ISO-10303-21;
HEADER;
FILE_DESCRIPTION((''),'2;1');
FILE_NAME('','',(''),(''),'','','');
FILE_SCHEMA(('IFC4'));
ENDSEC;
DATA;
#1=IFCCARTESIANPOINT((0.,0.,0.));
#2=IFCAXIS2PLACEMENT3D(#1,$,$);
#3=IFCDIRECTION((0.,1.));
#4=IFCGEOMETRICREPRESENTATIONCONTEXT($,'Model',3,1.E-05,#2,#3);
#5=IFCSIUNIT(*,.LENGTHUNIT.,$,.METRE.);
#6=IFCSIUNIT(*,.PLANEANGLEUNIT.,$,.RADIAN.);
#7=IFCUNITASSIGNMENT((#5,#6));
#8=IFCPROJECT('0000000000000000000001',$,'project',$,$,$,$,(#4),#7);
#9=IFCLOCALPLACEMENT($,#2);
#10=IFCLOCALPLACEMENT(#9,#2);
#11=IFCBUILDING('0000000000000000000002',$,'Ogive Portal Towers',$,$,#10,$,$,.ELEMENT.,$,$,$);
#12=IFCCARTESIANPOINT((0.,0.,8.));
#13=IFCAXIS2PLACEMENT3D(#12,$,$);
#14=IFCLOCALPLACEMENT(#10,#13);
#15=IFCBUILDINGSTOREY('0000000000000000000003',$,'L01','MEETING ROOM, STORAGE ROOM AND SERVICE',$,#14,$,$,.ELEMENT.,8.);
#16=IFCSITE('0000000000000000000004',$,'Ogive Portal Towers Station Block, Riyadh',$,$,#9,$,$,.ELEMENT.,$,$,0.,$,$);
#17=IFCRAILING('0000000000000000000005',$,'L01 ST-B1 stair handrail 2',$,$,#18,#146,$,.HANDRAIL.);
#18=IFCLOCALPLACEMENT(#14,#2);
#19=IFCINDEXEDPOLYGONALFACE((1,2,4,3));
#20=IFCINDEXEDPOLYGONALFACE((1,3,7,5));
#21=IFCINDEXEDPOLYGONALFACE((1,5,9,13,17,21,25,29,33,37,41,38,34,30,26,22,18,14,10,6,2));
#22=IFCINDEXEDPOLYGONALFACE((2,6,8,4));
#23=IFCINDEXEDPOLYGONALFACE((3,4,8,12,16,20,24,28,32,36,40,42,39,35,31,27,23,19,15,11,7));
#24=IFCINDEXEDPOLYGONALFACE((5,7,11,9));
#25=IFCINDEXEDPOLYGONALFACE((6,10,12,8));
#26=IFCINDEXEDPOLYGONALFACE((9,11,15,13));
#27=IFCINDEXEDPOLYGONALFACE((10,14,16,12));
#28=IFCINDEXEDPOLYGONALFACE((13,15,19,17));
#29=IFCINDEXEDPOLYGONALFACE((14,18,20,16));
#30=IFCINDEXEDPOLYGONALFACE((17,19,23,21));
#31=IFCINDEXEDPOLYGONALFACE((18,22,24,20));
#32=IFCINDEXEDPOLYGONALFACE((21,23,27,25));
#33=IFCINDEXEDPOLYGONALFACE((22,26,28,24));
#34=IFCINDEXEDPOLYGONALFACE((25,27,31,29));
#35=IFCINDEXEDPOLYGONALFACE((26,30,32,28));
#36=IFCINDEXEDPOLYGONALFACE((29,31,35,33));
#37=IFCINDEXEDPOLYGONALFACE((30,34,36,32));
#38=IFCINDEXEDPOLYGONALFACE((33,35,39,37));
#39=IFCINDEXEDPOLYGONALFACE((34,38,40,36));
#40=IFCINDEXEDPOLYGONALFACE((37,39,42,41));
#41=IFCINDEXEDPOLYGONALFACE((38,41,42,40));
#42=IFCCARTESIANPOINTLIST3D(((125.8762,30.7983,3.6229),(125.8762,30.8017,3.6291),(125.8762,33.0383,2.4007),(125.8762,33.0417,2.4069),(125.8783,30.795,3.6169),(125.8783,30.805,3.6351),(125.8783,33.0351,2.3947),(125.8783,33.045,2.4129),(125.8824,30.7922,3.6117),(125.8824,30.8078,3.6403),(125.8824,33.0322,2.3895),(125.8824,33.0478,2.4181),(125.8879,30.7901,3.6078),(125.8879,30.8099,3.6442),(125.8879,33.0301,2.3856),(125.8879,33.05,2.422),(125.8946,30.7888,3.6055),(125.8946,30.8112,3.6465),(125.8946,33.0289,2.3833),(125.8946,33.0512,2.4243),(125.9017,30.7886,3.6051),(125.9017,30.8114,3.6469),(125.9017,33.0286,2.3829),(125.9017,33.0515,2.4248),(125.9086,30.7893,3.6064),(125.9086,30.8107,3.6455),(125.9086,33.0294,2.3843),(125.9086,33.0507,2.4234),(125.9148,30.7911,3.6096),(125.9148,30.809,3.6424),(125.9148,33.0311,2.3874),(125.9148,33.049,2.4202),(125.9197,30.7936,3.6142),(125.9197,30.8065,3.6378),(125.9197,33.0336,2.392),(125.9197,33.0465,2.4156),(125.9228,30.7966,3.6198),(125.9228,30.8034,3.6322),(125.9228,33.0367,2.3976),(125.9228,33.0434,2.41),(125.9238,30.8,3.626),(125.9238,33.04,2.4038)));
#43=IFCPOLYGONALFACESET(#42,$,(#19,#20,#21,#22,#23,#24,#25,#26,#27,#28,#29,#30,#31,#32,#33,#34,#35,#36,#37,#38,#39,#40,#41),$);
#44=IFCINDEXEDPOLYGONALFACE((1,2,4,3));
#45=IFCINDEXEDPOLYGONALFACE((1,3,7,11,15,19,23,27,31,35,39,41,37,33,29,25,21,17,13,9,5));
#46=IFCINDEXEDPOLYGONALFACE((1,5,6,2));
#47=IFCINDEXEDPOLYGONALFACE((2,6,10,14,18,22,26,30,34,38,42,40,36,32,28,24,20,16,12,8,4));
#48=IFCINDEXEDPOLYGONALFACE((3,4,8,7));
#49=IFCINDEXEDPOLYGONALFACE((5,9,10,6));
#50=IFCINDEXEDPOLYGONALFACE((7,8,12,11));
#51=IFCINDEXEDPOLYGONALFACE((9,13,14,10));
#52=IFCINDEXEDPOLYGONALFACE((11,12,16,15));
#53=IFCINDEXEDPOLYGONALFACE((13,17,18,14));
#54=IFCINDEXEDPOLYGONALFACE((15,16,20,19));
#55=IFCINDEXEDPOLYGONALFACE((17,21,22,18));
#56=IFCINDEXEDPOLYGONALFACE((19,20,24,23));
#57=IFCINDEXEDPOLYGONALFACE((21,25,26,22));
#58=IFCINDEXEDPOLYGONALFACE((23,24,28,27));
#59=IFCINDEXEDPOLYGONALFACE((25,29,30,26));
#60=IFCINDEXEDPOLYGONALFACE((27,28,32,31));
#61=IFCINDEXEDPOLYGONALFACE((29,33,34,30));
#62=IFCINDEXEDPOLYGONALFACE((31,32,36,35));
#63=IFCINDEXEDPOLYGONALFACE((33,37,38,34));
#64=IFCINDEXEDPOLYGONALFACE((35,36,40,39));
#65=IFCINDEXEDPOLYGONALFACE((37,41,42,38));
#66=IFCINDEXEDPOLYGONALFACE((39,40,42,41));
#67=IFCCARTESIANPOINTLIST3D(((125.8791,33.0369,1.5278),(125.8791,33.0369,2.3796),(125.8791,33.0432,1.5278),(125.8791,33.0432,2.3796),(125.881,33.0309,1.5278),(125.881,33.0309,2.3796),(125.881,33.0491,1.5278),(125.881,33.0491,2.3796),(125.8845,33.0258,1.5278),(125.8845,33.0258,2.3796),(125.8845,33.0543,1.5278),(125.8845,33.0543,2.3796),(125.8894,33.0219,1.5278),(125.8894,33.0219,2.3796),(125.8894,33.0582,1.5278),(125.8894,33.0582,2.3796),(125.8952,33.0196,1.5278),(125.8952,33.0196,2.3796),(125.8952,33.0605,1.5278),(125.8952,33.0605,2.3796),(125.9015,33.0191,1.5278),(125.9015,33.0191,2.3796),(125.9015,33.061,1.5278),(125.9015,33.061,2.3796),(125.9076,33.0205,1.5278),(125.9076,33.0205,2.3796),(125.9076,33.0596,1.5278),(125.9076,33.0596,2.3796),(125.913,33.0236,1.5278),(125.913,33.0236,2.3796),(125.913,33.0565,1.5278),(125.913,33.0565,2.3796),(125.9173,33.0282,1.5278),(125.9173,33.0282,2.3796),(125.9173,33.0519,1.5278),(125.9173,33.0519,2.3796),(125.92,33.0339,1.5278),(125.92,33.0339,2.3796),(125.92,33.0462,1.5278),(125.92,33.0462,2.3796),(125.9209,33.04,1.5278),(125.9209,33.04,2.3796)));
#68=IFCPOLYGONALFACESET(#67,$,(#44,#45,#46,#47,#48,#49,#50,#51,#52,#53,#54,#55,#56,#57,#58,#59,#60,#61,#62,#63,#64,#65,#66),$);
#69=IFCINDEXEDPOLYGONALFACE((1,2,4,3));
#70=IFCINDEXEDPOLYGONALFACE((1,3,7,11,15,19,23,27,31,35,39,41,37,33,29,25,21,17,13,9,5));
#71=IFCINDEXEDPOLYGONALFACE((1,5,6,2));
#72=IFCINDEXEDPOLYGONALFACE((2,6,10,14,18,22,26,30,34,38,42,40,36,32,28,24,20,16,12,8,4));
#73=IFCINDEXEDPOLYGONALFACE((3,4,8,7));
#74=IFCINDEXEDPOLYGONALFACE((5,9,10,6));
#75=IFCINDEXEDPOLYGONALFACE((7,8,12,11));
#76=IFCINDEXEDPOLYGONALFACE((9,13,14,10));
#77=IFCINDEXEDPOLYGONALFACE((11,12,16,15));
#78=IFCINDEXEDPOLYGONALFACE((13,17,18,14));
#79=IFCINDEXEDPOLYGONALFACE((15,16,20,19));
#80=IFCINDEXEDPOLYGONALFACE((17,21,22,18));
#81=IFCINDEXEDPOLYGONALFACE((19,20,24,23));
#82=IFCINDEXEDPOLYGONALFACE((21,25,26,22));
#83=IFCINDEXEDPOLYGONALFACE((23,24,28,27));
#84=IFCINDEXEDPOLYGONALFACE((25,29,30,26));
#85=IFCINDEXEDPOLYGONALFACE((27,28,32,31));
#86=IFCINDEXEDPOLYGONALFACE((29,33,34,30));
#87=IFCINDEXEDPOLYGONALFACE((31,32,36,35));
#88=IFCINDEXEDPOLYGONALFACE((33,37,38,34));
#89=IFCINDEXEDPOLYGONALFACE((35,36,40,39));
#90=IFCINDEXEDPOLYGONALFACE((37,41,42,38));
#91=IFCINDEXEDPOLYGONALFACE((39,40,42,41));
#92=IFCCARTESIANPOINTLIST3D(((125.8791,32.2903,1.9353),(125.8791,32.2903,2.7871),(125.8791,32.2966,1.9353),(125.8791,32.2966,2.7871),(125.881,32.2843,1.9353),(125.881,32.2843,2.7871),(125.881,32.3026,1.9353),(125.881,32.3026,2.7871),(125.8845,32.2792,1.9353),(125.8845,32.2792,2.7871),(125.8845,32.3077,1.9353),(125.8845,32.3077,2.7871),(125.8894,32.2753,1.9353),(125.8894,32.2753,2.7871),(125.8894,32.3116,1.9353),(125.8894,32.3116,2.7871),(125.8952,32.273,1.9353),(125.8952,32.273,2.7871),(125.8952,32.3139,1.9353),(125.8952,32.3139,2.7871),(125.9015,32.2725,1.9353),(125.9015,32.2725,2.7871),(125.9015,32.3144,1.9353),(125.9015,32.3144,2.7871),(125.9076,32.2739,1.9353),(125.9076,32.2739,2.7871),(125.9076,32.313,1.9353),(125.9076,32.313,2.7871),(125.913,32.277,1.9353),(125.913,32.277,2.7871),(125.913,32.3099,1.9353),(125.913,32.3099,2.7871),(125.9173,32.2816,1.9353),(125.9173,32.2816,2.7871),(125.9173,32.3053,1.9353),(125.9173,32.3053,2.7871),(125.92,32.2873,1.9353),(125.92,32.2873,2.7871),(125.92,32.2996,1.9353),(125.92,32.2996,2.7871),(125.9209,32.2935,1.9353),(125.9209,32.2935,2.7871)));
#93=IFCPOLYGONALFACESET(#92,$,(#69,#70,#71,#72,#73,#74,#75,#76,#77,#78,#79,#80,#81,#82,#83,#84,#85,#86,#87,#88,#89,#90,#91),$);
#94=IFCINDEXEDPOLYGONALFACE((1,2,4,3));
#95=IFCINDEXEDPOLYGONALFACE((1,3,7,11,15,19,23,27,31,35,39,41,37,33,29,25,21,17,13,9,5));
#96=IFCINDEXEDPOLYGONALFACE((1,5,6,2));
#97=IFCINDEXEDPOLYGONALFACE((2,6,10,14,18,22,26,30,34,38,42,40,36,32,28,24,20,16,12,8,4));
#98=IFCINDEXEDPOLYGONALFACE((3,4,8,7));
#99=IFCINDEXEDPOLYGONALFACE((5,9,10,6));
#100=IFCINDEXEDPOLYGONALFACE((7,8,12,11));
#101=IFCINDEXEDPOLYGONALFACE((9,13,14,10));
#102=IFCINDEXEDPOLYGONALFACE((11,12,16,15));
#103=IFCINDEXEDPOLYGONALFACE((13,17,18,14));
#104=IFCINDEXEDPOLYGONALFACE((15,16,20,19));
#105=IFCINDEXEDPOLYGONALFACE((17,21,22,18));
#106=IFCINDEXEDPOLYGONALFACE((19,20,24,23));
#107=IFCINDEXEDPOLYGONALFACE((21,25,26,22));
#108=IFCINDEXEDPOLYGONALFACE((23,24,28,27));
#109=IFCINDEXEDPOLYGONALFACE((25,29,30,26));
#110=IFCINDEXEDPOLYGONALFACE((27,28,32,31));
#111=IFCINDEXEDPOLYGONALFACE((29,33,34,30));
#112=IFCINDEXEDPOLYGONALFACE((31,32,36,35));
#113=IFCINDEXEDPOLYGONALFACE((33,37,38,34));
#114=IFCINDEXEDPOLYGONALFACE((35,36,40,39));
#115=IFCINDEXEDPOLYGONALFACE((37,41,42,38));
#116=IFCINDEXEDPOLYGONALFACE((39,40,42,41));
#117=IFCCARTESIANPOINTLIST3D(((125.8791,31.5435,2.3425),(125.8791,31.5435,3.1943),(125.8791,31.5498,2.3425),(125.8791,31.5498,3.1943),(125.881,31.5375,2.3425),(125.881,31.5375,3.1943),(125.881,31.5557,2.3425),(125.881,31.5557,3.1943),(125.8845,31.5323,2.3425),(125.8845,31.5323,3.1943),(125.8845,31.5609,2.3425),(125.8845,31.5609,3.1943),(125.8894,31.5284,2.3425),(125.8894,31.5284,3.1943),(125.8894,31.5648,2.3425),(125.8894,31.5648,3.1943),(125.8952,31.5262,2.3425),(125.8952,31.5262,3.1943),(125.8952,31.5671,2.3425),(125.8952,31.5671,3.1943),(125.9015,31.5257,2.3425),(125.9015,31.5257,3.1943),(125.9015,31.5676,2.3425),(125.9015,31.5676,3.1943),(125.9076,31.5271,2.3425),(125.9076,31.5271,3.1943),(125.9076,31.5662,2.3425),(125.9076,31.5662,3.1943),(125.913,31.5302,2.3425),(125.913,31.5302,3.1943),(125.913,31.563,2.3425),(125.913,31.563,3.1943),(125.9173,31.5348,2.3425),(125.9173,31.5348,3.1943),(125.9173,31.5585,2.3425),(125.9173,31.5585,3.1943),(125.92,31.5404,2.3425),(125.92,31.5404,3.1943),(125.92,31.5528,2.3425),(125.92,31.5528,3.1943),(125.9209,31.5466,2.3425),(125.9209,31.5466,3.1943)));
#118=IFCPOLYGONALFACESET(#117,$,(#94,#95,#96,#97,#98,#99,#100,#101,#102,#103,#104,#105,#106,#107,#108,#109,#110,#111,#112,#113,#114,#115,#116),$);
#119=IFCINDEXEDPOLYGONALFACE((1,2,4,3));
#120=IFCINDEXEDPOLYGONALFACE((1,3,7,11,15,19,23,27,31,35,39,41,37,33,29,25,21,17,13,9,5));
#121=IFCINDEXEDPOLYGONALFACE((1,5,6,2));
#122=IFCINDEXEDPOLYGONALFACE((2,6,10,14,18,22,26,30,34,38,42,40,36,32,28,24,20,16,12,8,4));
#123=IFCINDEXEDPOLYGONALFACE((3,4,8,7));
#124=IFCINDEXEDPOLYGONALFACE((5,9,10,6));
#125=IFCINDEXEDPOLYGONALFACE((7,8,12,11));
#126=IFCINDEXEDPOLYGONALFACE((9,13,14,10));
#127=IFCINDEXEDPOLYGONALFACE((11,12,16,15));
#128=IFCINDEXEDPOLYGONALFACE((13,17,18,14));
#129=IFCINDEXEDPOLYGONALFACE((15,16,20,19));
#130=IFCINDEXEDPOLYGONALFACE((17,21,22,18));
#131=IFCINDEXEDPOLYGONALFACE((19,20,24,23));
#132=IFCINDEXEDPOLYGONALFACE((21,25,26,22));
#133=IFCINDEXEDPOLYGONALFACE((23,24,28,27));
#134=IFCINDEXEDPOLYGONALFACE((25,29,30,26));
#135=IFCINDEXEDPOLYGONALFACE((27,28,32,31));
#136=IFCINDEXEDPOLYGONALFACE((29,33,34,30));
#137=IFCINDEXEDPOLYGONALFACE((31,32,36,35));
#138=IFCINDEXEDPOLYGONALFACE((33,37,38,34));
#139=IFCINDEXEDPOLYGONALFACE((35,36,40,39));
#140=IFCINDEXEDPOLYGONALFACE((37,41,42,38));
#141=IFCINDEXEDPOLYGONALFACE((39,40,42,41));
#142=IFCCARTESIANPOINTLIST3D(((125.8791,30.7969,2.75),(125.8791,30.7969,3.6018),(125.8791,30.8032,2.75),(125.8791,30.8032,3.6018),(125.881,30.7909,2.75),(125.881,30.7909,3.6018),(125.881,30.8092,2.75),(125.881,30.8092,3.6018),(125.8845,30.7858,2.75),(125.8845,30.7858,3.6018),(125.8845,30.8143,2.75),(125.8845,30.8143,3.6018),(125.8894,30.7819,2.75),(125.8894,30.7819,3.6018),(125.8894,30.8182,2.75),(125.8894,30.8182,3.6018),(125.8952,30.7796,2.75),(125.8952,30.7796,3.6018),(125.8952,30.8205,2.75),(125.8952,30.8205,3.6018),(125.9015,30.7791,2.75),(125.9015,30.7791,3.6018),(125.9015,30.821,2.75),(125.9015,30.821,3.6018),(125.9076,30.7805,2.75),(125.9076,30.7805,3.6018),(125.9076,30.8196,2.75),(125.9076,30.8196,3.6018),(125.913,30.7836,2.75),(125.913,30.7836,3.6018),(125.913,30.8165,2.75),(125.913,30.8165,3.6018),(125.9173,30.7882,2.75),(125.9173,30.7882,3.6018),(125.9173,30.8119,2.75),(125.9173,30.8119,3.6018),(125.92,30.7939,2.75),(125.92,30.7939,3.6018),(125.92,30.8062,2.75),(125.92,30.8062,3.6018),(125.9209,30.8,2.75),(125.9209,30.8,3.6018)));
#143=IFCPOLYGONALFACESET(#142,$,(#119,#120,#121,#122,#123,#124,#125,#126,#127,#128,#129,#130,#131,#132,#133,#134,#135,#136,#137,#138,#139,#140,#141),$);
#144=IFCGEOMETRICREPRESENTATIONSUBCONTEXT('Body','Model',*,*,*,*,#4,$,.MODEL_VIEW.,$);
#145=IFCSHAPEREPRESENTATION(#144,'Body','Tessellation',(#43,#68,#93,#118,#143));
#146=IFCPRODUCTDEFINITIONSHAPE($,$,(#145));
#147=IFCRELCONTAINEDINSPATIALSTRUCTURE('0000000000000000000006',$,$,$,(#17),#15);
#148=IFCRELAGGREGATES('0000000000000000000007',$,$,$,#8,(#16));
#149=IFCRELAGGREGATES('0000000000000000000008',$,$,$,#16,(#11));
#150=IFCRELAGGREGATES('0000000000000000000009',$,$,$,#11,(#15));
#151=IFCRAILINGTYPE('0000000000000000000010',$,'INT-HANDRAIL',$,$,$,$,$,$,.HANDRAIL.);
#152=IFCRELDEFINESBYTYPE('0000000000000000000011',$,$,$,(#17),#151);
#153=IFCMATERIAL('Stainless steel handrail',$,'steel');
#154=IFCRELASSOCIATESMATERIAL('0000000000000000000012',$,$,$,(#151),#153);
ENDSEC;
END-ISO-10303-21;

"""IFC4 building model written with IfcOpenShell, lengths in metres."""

from ifc_helpers import new_model, si_unit, direction, frame, origin, origin_2d, place, context, subcontext, project, spatial, circle, extrude, material, type_object, element, save


model = new_model("IFC4")

# Units and contexts
model_context = context("Model", 3, precision=1e-05, world=origin(), true_north=direction((0.0, 1.0)))
body_context = subcontext(model_context, "Body", "Model", "MODEL_VIEW")
ifc_project = project(units=[si_unit("LENGTHUNIT", "METRE"), si_unit("PLANEANGLEUNIT", "RADIAN")], contexts=[model_context])

# Site, building, storey
site_placement = place(None, origin())
site = spatial("IfcSite", under=ifc_project, at=site_placement, Name="Ogive Portal Towers Station Block, Riyadh", CompositionType="ELEMENT", RefElevation=0.0)
building_placement = place(site_placement, origin())
building = spatial("IfcBuilding", under=site, at=building_placement, Name="Ogive Portal Towers", CompositionType="ELEMENT")
storey_placement = place(building_placement, frame((0.0, 0.0, 8.0)))
storey = spatial("IfcBuildingStorey", under=building, at=storey_placement, Name="L01", Description="MEETING ROOM, STORAGE ROOM AND SERVICE", CompositionType="ELEMENT", Elevation=8.0)

# Railing
ifc_material_1 = material(Name="Stainless steel handrail", Category="steel")
railing_type_1 = type_object("IfcRailingType", Name="INT-HANDRAIL", PredefinedType="HANDRAIL", material=ifc_material_1)
railing_1_placement = place(storey_placement, frame((125.8999, 33.04, 1.5278)))
element("IfcRailing", 1, at=railing_1_placement, inside=storey, type_object=railing_type_1, Name="L01 ST-B1 stair handrail 2", PredefinedType="HANDRAIL", context=body_context, shape_type="SweptSolid", body=[
    extrude(circle(Radius=0.0239, at=origin_2d()), frame((0.0, 0.0, 0.876), z_axis=(0.0, -0.877837, 0.478959), x_axis=(1.0, 0.0, 0.0)), (0.0, 0.0, 1.0), 2.5518),
    extrude(circle(Radius=0.021, at=origin_2d()), origin(), (0.0, 0.0, 1.0), 0.8518),
    extrude(circle(Radius=0.021, at=origin_2d()), frame((0.0, -0.7466, 0.4075)), (0.0, 0.0, 1.0), 0.8518),
    extrude(circle(Radius=0.021, at=origin_2d()), frame((0.0, -1.4934, 0.8147)), (0.0, 0.0, 1.0), 0.8518),
    extrude(circle(Radius=0.021, at=origin_2d()), frame((0.0, -2.24, 1.2222)), (0.0, 0.0, 1.0), 0.8518),
])

save(model, "model.ifc")
